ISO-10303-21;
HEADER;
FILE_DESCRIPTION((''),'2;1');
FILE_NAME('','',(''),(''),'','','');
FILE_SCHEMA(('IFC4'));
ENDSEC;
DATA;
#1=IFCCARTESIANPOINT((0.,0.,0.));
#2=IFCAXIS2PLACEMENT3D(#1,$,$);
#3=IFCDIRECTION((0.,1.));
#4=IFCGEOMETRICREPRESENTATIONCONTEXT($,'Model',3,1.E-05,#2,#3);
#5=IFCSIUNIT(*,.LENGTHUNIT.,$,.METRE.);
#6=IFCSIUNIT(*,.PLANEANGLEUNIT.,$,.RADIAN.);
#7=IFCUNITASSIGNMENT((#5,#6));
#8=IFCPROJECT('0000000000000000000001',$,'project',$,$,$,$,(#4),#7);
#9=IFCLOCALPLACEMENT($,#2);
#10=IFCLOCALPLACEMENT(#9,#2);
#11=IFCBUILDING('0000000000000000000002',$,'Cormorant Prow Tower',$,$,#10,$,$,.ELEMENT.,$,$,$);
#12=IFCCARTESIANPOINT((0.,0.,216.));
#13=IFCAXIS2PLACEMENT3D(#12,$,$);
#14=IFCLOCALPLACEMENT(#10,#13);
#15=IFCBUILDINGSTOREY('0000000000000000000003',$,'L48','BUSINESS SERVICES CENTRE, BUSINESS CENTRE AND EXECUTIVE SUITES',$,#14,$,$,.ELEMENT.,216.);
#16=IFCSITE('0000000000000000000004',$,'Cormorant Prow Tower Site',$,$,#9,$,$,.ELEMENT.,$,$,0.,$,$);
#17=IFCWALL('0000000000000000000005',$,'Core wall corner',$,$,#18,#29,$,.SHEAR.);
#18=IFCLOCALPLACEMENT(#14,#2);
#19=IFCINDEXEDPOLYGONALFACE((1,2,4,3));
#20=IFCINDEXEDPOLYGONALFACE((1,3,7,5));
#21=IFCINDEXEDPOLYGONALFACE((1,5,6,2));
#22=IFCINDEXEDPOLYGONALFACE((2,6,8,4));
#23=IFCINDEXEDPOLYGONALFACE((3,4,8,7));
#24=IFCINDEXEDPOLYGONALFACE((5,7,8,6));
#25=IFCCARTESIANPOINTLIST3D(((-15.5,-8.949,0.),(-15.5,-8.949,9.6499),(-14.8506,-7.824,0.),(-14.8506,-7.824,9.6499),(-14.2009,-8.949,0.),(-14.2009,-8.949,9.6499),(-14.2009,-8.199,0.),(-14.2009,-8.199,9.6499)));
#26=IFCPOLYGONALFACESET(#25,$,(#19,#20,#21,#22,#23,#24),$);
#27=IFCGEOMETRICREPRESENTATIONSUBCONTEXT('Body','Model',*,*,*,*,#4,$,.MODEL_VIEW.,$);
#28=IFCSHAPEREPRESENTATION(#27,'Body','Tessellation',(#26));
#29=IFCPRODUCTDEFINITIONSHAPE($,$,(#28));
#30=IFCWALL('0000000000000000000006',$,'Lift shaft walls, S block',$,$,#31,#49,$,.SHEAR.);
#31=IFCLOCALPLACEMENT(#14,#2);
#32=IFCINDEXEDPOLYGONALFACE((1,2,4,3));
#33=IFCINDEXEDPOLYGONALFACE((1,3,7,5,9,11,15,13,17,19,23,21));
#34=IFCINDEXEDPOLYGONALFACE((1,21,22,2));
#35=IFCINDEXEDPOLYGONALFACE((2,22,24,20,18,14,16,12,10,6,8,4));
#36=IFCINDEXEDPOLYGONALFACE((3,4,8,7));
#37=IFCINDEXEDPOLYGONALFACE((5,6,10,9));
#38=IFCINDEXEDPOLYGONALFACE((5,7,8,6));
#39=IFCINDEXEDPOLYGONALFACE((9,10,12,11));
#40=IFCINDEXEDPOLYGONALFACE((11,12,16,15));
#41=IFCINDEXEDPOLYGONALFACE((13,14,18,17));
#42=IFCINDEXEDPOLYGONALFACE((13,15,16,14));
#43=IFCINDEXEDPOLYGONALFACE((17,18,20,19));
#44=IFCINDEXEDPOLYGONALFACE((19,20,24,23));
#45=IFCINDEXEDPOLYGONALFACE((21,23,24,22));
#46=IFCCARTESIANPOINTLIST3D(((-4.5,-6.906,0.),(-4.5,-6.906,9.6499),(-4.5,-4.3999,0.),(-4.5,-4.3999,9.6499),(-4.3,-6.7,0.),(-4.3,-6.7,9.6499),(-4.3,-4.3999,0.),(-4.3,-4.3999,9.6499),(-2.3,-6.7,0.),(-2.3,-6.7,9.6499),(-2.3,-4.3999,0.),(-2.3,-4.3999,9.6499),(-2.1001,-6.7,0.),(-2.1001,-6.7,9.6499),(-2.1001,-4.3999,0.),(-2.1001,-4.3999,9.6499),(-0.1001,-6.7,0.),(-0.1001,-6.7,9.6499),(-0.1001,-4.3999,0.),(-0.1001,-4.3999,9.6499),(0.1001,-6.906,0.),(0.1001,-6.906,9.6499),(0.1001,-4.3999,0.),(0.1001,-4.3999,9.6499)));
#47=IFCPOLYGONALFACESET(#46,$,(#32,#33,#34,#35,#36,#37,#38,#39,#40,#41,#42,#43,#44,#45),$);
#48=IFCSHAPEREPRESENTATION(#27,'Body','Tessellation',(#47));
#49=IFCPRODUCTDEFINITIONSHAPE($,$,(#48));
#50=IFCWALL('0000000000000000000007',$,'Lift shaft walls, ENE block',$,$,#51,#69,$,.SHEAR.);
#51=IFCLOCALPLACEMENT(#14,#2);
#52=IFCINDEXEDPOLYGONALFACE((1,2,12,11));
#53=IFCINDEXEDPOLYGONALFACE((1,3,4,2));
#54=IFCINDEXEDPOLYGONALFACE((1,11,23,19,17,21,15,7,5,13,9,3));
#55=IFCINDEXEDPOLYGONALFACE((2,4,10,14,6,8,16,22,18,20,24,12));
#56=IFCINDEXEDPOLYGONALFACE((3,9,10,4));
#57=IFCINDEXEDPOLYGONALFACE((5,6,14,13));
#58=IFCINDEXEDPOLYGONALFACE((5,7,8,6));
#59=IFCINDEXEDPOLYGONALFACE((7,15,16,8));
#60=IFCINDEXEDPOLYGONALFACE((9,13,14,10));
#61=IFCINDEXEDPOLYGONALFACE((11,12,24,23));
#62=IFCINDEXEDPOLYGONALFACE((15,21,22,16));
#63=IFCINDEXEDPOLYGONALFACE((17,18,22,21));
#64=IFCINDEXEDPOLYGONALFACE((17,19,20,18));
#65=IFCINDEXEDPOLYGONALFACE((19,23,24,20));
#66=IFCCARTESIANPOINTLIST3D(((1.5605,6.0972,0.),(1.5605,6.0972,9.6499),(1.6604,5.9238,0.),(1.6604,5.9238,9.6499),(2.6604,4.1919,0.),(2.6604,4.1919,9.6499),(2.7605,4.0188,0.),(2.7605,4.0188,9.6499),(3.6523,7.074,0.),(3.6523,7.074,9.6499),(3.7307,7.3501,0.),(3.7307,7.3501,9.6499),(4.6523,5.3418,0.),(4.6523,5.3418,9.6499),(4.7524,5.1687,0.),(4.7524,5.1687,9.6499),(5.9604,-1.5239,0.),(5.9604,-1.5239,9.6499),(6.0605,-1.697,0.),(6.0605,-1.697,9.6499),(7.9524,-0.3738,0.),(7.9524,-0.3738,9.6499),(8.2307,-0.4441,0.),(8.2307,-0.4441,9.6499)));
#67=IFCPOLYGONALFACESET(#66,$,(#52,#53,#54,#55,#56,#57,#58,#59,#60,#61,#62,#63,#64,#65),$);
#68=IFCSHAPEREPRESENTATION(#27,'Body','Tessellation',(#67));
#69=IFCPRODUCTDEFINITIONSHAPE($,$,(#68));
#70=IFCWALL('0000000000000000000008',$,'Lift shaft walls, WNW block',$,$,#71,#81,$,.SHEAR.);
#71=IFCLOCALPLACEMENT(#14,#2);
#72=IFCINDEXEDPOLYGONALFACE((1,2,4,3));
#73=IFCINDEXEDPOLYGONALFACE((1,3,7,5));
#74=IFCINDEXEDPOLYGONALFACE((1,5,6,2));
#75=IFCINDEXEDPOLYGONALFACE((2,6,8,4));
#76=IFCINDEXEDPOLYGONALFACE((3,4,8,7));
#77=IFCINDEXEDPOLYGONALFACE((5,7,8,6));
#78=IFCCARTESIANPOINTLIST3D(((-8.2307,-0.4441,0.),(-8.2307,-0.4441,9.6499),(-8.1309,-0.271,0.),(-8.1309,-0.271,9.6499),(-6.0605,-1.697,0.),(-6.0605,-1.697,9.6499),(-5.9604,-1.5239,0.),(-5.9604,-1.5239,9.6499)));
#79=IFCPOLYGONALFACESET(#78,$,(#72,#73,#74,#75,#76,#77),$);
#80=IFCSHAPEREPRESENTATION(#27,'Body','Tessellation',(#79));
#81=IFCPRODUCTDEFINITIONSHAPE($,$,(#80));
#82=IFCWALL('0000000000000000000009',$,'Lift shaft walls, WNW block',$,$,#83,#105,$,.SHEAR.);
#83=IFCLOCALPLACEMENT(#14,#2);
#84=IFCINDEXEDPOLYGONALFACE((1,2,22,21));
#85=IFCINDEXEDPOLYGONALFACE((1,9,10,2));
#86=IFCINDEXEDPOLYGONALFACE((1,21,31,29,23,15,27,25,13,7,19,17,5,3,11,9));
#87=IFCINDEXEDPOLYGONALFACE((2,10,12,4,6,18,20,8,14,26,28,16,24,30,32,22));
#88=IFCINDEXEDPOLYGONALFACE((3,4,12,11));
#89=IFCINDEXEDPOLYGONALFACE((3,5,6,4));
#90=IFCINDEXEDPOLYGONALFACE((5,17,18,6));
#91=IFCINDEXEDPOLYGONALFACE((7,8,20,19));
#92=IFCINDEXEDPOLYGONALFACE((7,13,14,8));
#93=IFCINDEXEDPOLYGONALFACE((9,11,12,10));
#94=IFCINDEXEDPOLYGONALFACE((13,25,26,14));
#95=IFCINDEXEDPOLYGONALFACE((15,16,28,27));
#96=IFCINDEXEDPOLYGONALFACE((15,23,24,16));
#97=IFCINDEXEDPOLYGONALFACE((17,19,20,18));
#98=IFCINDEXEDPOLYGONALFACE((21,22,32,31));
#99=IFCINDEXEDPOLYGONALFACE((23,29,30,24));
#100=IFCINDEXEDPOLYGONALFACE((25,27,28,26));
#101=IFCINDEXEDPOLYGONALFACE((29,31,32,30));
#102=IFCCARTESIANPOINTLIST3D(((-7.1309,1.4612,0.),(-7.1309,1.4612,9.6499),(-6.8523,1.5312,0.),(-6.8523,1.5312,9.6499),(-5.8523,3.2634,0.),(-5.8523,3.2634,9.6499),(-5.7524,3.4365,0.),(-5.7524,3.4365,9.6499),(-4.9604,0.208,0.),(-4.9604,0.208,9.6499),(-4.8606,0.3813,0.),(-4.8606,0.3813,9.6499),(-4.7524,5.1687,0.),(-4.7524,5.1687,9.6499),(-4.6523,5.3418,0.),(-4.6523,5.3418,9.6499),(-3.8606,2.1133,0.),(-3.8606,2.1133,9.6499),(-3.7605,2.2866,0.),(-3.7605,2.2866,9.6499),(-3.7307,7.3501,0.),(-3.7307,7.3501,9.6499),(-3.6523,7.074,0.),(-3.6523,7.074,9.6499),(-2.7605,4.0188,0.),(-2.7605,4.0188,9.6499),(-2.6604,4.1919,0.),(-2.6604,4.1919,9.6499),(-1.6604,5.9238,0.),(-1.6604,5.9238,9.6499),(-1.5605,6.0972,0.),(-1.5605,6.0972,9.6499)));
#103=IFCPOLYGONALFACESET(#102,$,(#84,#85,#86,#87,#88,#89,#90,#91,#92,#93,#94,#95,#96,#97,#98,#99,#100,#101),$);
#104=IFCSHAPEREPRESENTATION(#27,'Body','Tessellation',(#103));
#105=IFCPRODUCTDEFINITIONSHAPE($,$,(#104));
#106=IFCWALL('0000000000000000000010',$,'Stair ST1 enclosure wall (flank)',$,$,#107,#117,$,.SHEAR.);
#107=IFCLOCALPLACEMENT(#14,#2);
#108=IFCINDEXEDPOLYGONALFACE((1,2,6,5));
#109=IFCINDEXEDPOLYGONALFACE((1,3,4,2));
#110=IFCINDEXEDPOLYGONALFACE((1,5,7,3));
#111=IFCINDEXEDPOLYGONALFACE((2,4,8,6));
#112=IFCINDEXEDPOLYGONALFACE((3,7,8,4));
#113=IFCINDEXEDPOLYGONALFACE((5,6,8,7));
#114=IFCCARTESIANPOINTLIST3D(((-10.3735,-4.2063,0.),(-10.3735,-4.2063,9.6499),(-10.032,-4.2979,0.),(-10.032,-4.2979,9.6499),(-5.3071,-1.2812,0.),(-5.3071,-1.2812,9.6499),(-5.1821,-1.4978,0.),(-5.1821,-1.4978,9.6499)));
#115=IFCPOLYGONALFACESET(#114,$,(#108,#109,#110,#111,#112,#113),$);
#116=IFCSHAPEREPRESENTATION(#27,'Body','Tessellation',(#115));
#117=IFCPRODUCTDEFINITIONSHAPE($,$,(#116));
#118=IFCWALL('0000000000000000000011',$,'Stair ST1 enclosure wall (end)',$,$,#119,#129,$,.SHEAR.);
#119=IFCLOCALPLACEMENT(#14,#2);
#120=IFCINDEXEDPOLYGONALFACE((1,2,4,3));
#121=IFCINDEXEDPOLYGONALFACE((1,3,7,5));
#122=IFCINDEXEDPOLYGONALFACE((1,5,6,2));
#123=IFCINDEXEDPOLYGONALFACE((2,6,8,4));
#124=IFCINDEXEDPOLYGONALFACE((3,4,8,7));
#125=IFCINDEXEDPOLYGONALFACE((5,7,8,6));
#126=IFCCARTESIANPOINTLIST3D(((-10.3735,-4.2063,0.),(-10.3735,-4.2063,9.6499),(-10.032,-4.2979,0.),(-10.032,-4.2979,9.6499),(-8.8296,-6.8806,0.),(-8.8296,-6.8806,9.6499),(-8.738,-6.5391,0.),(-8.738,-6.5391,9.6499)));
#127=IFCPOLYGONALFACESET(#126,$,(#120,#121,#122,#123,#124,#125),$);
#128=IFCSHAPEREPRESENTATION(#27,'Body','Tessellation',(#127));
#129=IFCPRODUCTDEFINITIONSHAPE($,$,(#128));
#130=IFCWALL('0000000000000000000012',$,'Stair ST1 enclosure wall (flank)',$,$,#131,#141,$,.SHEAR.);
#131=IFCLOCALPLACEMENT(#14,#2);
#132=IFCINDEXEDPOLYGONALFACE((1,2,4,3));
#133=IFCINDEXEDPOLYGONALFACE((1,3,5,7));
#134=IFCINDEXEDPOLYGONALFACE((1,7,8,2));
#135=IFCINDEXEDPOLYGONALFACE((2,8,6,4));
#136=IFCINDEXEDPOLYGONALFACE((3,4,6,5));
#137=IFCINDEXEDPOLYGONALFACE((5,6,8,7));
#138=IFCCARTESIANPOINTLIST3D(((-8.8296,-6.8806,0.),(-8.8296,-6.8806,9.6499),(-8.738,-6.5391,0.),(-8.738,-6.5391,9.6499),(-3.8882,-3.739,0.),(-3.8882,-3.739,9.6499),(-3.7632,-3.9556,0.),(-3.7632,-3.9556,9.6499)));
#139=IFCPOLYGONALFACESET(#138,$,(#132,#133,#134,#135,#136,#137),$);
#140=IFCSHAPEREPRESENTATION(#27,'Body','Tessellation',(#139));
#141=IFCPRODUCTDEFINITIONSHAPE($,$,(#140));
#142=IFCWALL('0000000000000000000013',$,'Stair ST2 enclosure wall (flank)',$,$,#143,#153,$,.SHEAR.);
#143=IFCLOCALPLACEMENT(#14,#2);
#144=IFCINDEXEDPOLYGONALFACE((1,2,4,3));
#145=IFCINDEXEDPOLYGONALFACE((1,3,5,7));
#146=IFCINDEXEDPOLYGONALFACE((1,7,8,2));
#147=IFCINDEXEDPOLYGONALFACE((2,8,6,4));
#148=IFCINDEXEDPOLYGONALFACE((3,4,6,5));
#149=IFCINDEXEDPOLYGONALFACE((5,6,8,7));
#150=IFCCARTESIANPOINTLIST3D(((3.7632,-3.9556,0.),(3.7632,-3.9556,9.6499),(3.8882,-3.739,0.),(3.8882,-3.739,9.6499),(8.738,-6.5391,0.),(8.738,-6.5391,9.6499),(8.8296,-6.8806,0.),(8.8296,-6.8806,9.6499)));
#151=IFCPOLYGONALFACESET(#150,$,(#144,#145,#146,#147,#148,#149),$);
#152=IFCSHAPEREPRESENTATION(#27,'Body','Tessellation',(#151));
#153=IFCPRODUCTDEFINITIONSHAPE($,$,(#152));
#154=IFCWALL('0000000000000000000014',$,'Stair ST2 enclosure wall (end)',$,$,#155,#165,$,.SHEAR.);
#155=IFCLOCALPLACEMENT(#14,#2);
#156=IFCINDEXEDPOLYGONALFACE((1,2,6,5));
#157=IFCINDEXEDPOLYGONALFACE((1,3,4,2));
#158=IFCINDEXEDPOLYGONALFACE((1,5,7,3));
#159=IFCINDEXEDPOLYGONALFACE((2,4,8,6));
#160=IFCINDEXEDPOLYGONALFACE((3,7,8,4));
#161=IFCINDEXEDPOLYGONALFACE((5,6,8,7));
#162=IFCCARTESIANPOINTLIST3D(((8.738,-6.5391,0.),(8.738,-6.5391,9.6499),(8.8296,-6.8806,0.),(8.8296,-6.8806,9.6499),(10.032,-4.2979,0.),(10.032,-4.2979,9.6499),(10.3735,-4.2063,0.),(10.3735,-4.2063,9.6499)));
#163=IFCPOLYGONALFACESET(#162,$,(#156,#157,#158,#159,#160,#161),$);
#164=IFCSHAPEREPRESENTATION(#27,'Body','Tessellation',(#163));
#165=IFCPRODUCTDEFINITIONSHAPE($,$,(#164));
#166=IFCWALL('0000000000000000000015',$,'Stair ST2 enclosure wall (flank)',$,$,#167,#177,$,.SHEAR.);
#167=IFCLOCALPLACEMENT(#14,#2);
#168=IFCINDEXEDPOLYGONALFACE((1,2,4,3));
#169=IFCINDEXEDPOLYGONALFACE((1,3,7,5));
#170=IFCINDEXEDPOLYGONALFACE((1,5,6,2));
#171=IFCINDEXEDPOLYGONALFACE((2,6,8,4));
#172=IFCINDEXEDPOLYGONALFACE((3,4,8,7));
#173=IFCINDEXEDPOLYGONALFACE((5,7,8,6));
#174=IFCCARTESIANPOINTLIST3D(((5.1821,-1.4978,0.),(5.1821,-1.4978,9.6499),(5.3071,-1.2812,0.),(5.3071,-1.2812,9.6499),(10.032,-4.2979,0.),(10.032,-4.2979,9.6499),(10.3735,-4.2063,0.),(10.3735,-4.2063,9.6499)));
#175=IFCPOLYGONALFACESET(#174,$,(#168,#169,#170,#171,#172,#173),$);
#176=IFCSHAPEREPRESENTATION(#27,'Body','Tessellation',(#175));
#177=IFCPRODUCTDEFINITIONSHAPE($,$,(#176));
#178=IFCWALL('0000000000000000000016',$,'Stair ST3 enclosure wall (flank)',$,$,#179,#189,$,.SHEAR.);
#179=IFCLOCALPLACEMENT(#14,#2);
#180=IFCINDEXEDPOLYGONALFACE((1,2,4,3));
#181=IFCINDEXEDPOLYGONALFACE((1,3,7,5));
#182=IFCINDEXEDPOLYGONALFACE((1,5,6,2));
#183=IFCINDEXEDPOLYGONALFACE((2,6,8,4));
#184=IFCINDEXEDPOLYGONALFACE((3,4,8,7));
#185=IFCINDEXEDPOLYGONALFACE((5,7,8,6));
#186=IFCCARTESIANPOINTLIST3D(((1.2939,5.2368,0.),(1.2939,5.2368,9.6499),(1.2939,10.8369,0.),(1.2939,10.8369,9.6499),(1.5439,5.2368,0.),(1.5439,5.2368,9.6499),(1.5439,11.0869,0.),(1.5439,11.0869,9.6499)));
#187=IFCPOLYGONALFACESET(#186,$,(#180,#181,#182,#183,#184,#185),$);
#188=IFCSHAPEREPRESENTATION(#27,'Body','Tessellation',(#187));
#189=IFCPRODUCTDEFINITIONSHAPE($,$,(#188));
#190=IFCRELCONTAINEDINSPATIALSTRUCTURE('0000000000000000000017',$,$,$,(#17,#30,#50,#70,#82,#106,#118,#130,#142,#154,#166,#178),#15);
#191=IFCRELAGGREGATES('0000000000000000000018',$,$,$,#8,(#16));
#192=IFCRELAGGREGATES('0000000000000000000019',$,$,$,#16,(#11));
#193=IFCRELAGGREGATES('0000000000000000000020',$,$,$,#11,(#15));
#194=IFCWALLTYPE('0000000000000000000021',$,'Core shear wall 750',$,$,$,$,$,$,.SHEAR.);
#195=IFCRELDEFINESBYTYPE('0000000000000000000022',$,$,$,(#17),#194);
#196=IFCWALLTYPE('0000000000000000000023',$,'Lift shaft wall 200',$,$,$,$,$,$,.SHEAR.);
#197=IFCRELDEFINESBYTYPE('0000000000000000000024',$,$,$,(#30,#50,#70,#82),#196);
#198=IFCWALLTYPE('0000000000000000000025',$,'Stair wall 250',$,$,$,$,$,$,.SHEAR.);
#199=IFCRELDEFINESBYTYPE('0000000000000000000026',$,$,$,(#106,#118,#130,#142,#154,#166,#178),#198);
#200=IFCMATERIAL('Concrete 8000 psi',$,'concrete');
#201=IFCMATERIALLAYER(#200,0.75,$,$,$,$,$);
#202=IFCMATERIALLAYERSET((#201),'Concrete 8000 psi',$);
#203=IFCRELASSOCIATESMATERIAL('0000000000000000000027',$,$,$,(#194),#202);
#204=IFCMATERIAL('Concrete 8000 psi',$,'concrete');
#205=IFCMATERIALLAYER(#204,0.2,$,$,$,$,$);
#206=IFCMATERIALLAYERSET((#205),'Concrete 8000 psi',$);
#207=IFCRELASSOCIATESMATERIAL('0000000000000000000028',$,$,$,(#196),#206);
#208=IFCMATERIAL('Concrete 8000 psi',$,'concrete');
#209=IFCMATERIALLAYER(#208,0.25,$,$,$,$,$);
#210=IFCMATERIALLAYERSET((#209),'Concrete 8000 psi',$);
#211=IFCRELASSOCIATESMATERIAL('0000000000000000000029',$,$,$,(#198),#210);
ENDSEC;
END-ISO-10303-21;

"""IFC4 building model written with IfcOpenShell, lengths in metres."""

from ifc_helpers import new_model, si_unit, direction, frame, origin, place, context, subcontext, project, spatial, polyline, outline, extrude, material, layer, layer_set, type_object, element, save


model = new_model("IFC4")

# Units and contexts
model_context = context("Model", 3, precision=1e-05, world=origin(), true_north=direction((0.0, 1.0)))
body_context = subcontext(model_context, "Body", "Model", "MODEL_VIEW")
ifc_project = project(units=[si_unit("LENGTHUNIT", "METRE"), si_unit("PLANEANGLEUNIT", "RADIAN")], contexts=[model_context])

# Site, building, storey
site_placement = place(None, origin())
site = spatial("IfcSite", under=ifc_project, at=site_placement, Name="Cormorant Prow Tower Site", CompositionType="ELEMENT", RefElevation=0.0)
building_placement = place(site_placement, origin())
building = spatial("IfcBuilding", under=site, at=building_placement, Name="Cormorant Prow Tower", CompositionType="ELEMENT")
storey_placement = place(building_placement, frame((0.0, 0.0, 216.0)))
storey = spatial("IfcBuildingStorey", under=building, at=storey_placement, Name="L48", Description="BUSINESS SERVICES CENTRE, BUSINESS CENTRE AND EXECUTIVE SUITES", CompositionType="ELEMENT", Elevation=216.0)

# Walls
ifc_material_1 = material(Name="Concrete 8000 psi", Category="concrete")
ifc_layer_1 = layer(ifc_material_1, 0.75)
ifc_layer_set_1 = layer_set([ifc_layer_1], Name="Concrete 8000 psi")
wall_type_1 = type_object("IfcWallType", Name="Core shear wall 750", PredefinedType="SHEAR", material=ifc_layer_set_1)
wall_1_placement = place(storey_placement, origin())
element("IfcWall", 1, at=wall_1_placement, inside=storey, type_object=wall_type_1, Name="Core wall corner", PredefinedType="SHEAR", context=body_context, shape_type="SweptSolid", body=[
    extrude(outline(polyline([(-14.8506, -7.824), (-14.2009, -8.199), (-14.2009, -8.949), (-15.5, -8.949), (-14.8506, -7.824)])), origin(), (0.0, 0.0, 1.0), 9.6499),
])
ifc_material_2 = material(Name="Concrete 8000 psi", Category="concrete")
ifc_layer_2 = layer(ifc_material_2, 0.2)
ifc_layer_set_2 = layer_set([ifc_layer_2], Name="Concrete 8000 psi")
wall_type_2 = type_object("IfcWallType", Name="Lift shaft wall 200", PredefinedType="SHEAR", material=ifc_layer_set_2)
wall_2_placement = place(storey_placement, origin())
element("IfcWall", 2, at=wall_2_placement, inside=storey, type_object=wall_type_2, Name="Lift shaft walls, S block", PredefinedType="SHEAR", context=body_context, shape_type="SweptSolid", body=[
    extrude(outline(polyline([(0.1001, -4.3999), (0.1001, -6.906), (-4.5, -6.906), (-4.5, -4.3999), (-4.3, -4.3999), (-4.3, -6.7), (-2.3, -6.7), (-2.3, -4.3999), (-2.1001, -4.3999), (-2.1001, -6.7), (-0.1001, -6.7), (-0.1001, -4.3999), (0.1001, -4.3999)])), origin(), (0.0, 0.0, 1.0), 9.6499),
])
wall_3_placement = place(storey_placement, origin())
element("IfcWall", 3, at=wall_3_placement, inside=storey, type_object=wall_type_2, Name="Lift shaft walls, ENE block", PredefinedType="SHEAR", context=body_context, shape_type="SweptSolid", body=[
    extrude(outline(polyline([(1.5605, 6.0972), (3.7307, 7.3501), (8.2307, -0.4441), (6.0605, -1.697), (5.9604, -1.5239), (7.9524, -0.3738), (4.7524, 5.1687), (2.7605, 4.0188), (2.6604, 4.1919), (4.6523, 5.3418), (3.6523, 7.074), (1.6604, 5.9238), (1.5605, 6.0972)])), origin(), (0.0, 0.0, 1.0), 9.6499),
])
wall_4_placement = place(storey_placement, origin())
element("IfcWall", 4, at=wall_4_placement, inside=storey, type_object=wall_type_2, Name="Lift shaft walls, WNW block", PredefinedType="SHEAR", context=body_context, shape_type="SweptSolid", body=[
    extrude(outline(polyline([(-6.0605, -1.697), (-8.2307, -0.4441), (-8.1309, -0.271), (-5.9604, -1.5239), (-6.0605, -1.697)])), origin(), (0.0, 0.0, 1.0), 9.6499),
])
wall_5_placement = place(storey_placement, origin())
element("IfcWall", 5, at=wall_5_placement, inside=storey, type_object=wall_type_2, Name="Lift shaft walls, WNW block", PredefinedType="SHEAR", context=body_context, shape_type="SweptSolid", body=[
    extrude(outline(polyline([(-4.9604, 0.208), (-7.1309, 1.4612), (-3.7307, 7.3501), (-1.5605, 6.0972), (-1.6604, 5.9238), (-3.6523, 7.074), (-4.6523, 5.3418), (-2.6604, 4.1919), (-2.7605, 4.0188), (-4.7524, 5.1687), (-5.7524, 3.4365), (-3.7605, 2.2866), (-3.8606, 2.1133), (-5.8523, 3.2634), (-6.8523, 1.5312), (-4.8606, 0.3813), (-4.9604, 0.208)])), origin(), (0.0, 0.0, 1.0), 9.6499),
])
ifc_material_3 = material(Name="Concrete 8000 psi", Category="concrete")
ifc_layer_3 = layer(ifc_material_3, 0.25)
ifc_layer_set_3 = layer_set([ifc_layer_3], Name="Concrete 8000 psi")
wall_type_3 = type_object("IfcWallType", Name="Stair wall 250", PredefinedType="SHEAR", material=ifc_layer_set_3)
wall_6_placement = place(storey_placement, origin())
element("IfcWall", 6, at=wall_6_placement, inside=storey, type_object=wall_type_3, Name="Stair ST1 enclosure wall (flank)", PredefinedType="SHEAR", context=body_context, shape_type="SweptSolid", body=[
    extrude(outline(polyline([(-5.3071, -1.2812), (-10.3735, -4.2063), (-10.032, -4.2979), (-5.1821, -1.4978), (-5.3071, -1.2812)])), origin(), (0.0, 0.0, 1.0), 9.6499),
])
wall_7_placement = place(storey_placement, origin())
element("IfcWall", 7, at=wall_7_placement, inside=storey, type_object=wall_type_3, Name="Stair ST1 enclosure wall (end)", PredefinedType="SHEAR", context=body_context, shape_type="SweptSolid", body=[
    extrude(outline(polyline([(-10.3735, -4.2063), (-8.8296, -6.8806), (-8.738, -6.5391), (-10.032, -4.2979), (-10.3735, -4.2063)])), origin(), (0.0, 0.0, 1.0), 9.6499),
])
wall_8_placement = place(storey_placement, origin())
element("IfcWall", 8, at=wall_8_placement, inside=storey, type_object=wall_type_3, Name="Stair ST1 enclosure wall (flank)", PredefinedType="SHEAR", context=body_context, shape_type="SweptSolid", body=[
    extrude(outline(polyline([(-8.738, -6.5391), (-8.8296, -6.8806), (-3.7632, -3.9556), (-3.8882, -3.739), (-8.738, -6.5391)])), origin(), (0.0, 0.0, 1.0), 9.6499),
])
wall_9_placement = place(storey_placement, origin())
element("IfcWall", 9, at=wall_9_placement, inside=storey, type_object=wall_type_3, Name="Stair ST2 enclosure wall (flank)", PredefinedType="SHEAR", context=body_context, shape_type="SweptSolid", body=[
    extrude(outline(polyline([(3.7632, -3.9556), (8.8296, -6.8806), (8.738, -6.5391), (3.8882, -3.739), (3.7632, -3.9556)])), origin(), (0.0, 0.0, 1.0), 9.6499),
])
wall_10_placement = place(storey_placement, origin())
element("IfcWall", 10, at=wall_10_placement, inside=storey, type_object=wall_type_3, Name="Stair ST2 enclosure wall (end)", PredefinedType="SHEAR", context=body_context, shape_type="SweptSolid", body=[
    extrude(outline(polyline([(8.8296, -6.8806), (10.3735, -4.2063), (10.032, -4.2979), (8.738, -6.5391), (8.8296, -6.8806)])), origin(), (0.0, 0.0, 1.0), 9.6499),
])
wall_11_placement = place(storey_placement, origin())
element("IfcWall", 11, at=wall_11_placement, inside=storey, type_object=wall_type_3, Name="Stair ST2 enclosure wall (flank)", PredefinedType="SHEAR", context=body_context, shape_type="SweptSolid", body=[
    extrude(outline(polyline([(10.032, -4.2979), (10.3735, -4.2063), (5.3071, -1.2812), (5.1821, -1.4978), (10.032, -4.2979)])), origin(), (0.0, 0.0, 1.0), 9.6499),
])
wall_12_placement = place(storey_placement, origin())
element("IfcWall", 12, at=wall_12_placement, inside=storey, type_object=wall_type_3, Name="Stair ST3 enclosure wall (flank)", PredefinedType="SHEAR", context=body_context, shape_type="SweptSolid", body=[
    extrude(outline(polyline([(1.5439, 5.2368), (1.5439, 11.0869), (1.2939, 10.8369), (1.2939, 5.2368), (1.5439, 5.2368)])), origin(), (0.0, 0.0, 1.0), 9.6499),
])

save(model, "model.ifc")
